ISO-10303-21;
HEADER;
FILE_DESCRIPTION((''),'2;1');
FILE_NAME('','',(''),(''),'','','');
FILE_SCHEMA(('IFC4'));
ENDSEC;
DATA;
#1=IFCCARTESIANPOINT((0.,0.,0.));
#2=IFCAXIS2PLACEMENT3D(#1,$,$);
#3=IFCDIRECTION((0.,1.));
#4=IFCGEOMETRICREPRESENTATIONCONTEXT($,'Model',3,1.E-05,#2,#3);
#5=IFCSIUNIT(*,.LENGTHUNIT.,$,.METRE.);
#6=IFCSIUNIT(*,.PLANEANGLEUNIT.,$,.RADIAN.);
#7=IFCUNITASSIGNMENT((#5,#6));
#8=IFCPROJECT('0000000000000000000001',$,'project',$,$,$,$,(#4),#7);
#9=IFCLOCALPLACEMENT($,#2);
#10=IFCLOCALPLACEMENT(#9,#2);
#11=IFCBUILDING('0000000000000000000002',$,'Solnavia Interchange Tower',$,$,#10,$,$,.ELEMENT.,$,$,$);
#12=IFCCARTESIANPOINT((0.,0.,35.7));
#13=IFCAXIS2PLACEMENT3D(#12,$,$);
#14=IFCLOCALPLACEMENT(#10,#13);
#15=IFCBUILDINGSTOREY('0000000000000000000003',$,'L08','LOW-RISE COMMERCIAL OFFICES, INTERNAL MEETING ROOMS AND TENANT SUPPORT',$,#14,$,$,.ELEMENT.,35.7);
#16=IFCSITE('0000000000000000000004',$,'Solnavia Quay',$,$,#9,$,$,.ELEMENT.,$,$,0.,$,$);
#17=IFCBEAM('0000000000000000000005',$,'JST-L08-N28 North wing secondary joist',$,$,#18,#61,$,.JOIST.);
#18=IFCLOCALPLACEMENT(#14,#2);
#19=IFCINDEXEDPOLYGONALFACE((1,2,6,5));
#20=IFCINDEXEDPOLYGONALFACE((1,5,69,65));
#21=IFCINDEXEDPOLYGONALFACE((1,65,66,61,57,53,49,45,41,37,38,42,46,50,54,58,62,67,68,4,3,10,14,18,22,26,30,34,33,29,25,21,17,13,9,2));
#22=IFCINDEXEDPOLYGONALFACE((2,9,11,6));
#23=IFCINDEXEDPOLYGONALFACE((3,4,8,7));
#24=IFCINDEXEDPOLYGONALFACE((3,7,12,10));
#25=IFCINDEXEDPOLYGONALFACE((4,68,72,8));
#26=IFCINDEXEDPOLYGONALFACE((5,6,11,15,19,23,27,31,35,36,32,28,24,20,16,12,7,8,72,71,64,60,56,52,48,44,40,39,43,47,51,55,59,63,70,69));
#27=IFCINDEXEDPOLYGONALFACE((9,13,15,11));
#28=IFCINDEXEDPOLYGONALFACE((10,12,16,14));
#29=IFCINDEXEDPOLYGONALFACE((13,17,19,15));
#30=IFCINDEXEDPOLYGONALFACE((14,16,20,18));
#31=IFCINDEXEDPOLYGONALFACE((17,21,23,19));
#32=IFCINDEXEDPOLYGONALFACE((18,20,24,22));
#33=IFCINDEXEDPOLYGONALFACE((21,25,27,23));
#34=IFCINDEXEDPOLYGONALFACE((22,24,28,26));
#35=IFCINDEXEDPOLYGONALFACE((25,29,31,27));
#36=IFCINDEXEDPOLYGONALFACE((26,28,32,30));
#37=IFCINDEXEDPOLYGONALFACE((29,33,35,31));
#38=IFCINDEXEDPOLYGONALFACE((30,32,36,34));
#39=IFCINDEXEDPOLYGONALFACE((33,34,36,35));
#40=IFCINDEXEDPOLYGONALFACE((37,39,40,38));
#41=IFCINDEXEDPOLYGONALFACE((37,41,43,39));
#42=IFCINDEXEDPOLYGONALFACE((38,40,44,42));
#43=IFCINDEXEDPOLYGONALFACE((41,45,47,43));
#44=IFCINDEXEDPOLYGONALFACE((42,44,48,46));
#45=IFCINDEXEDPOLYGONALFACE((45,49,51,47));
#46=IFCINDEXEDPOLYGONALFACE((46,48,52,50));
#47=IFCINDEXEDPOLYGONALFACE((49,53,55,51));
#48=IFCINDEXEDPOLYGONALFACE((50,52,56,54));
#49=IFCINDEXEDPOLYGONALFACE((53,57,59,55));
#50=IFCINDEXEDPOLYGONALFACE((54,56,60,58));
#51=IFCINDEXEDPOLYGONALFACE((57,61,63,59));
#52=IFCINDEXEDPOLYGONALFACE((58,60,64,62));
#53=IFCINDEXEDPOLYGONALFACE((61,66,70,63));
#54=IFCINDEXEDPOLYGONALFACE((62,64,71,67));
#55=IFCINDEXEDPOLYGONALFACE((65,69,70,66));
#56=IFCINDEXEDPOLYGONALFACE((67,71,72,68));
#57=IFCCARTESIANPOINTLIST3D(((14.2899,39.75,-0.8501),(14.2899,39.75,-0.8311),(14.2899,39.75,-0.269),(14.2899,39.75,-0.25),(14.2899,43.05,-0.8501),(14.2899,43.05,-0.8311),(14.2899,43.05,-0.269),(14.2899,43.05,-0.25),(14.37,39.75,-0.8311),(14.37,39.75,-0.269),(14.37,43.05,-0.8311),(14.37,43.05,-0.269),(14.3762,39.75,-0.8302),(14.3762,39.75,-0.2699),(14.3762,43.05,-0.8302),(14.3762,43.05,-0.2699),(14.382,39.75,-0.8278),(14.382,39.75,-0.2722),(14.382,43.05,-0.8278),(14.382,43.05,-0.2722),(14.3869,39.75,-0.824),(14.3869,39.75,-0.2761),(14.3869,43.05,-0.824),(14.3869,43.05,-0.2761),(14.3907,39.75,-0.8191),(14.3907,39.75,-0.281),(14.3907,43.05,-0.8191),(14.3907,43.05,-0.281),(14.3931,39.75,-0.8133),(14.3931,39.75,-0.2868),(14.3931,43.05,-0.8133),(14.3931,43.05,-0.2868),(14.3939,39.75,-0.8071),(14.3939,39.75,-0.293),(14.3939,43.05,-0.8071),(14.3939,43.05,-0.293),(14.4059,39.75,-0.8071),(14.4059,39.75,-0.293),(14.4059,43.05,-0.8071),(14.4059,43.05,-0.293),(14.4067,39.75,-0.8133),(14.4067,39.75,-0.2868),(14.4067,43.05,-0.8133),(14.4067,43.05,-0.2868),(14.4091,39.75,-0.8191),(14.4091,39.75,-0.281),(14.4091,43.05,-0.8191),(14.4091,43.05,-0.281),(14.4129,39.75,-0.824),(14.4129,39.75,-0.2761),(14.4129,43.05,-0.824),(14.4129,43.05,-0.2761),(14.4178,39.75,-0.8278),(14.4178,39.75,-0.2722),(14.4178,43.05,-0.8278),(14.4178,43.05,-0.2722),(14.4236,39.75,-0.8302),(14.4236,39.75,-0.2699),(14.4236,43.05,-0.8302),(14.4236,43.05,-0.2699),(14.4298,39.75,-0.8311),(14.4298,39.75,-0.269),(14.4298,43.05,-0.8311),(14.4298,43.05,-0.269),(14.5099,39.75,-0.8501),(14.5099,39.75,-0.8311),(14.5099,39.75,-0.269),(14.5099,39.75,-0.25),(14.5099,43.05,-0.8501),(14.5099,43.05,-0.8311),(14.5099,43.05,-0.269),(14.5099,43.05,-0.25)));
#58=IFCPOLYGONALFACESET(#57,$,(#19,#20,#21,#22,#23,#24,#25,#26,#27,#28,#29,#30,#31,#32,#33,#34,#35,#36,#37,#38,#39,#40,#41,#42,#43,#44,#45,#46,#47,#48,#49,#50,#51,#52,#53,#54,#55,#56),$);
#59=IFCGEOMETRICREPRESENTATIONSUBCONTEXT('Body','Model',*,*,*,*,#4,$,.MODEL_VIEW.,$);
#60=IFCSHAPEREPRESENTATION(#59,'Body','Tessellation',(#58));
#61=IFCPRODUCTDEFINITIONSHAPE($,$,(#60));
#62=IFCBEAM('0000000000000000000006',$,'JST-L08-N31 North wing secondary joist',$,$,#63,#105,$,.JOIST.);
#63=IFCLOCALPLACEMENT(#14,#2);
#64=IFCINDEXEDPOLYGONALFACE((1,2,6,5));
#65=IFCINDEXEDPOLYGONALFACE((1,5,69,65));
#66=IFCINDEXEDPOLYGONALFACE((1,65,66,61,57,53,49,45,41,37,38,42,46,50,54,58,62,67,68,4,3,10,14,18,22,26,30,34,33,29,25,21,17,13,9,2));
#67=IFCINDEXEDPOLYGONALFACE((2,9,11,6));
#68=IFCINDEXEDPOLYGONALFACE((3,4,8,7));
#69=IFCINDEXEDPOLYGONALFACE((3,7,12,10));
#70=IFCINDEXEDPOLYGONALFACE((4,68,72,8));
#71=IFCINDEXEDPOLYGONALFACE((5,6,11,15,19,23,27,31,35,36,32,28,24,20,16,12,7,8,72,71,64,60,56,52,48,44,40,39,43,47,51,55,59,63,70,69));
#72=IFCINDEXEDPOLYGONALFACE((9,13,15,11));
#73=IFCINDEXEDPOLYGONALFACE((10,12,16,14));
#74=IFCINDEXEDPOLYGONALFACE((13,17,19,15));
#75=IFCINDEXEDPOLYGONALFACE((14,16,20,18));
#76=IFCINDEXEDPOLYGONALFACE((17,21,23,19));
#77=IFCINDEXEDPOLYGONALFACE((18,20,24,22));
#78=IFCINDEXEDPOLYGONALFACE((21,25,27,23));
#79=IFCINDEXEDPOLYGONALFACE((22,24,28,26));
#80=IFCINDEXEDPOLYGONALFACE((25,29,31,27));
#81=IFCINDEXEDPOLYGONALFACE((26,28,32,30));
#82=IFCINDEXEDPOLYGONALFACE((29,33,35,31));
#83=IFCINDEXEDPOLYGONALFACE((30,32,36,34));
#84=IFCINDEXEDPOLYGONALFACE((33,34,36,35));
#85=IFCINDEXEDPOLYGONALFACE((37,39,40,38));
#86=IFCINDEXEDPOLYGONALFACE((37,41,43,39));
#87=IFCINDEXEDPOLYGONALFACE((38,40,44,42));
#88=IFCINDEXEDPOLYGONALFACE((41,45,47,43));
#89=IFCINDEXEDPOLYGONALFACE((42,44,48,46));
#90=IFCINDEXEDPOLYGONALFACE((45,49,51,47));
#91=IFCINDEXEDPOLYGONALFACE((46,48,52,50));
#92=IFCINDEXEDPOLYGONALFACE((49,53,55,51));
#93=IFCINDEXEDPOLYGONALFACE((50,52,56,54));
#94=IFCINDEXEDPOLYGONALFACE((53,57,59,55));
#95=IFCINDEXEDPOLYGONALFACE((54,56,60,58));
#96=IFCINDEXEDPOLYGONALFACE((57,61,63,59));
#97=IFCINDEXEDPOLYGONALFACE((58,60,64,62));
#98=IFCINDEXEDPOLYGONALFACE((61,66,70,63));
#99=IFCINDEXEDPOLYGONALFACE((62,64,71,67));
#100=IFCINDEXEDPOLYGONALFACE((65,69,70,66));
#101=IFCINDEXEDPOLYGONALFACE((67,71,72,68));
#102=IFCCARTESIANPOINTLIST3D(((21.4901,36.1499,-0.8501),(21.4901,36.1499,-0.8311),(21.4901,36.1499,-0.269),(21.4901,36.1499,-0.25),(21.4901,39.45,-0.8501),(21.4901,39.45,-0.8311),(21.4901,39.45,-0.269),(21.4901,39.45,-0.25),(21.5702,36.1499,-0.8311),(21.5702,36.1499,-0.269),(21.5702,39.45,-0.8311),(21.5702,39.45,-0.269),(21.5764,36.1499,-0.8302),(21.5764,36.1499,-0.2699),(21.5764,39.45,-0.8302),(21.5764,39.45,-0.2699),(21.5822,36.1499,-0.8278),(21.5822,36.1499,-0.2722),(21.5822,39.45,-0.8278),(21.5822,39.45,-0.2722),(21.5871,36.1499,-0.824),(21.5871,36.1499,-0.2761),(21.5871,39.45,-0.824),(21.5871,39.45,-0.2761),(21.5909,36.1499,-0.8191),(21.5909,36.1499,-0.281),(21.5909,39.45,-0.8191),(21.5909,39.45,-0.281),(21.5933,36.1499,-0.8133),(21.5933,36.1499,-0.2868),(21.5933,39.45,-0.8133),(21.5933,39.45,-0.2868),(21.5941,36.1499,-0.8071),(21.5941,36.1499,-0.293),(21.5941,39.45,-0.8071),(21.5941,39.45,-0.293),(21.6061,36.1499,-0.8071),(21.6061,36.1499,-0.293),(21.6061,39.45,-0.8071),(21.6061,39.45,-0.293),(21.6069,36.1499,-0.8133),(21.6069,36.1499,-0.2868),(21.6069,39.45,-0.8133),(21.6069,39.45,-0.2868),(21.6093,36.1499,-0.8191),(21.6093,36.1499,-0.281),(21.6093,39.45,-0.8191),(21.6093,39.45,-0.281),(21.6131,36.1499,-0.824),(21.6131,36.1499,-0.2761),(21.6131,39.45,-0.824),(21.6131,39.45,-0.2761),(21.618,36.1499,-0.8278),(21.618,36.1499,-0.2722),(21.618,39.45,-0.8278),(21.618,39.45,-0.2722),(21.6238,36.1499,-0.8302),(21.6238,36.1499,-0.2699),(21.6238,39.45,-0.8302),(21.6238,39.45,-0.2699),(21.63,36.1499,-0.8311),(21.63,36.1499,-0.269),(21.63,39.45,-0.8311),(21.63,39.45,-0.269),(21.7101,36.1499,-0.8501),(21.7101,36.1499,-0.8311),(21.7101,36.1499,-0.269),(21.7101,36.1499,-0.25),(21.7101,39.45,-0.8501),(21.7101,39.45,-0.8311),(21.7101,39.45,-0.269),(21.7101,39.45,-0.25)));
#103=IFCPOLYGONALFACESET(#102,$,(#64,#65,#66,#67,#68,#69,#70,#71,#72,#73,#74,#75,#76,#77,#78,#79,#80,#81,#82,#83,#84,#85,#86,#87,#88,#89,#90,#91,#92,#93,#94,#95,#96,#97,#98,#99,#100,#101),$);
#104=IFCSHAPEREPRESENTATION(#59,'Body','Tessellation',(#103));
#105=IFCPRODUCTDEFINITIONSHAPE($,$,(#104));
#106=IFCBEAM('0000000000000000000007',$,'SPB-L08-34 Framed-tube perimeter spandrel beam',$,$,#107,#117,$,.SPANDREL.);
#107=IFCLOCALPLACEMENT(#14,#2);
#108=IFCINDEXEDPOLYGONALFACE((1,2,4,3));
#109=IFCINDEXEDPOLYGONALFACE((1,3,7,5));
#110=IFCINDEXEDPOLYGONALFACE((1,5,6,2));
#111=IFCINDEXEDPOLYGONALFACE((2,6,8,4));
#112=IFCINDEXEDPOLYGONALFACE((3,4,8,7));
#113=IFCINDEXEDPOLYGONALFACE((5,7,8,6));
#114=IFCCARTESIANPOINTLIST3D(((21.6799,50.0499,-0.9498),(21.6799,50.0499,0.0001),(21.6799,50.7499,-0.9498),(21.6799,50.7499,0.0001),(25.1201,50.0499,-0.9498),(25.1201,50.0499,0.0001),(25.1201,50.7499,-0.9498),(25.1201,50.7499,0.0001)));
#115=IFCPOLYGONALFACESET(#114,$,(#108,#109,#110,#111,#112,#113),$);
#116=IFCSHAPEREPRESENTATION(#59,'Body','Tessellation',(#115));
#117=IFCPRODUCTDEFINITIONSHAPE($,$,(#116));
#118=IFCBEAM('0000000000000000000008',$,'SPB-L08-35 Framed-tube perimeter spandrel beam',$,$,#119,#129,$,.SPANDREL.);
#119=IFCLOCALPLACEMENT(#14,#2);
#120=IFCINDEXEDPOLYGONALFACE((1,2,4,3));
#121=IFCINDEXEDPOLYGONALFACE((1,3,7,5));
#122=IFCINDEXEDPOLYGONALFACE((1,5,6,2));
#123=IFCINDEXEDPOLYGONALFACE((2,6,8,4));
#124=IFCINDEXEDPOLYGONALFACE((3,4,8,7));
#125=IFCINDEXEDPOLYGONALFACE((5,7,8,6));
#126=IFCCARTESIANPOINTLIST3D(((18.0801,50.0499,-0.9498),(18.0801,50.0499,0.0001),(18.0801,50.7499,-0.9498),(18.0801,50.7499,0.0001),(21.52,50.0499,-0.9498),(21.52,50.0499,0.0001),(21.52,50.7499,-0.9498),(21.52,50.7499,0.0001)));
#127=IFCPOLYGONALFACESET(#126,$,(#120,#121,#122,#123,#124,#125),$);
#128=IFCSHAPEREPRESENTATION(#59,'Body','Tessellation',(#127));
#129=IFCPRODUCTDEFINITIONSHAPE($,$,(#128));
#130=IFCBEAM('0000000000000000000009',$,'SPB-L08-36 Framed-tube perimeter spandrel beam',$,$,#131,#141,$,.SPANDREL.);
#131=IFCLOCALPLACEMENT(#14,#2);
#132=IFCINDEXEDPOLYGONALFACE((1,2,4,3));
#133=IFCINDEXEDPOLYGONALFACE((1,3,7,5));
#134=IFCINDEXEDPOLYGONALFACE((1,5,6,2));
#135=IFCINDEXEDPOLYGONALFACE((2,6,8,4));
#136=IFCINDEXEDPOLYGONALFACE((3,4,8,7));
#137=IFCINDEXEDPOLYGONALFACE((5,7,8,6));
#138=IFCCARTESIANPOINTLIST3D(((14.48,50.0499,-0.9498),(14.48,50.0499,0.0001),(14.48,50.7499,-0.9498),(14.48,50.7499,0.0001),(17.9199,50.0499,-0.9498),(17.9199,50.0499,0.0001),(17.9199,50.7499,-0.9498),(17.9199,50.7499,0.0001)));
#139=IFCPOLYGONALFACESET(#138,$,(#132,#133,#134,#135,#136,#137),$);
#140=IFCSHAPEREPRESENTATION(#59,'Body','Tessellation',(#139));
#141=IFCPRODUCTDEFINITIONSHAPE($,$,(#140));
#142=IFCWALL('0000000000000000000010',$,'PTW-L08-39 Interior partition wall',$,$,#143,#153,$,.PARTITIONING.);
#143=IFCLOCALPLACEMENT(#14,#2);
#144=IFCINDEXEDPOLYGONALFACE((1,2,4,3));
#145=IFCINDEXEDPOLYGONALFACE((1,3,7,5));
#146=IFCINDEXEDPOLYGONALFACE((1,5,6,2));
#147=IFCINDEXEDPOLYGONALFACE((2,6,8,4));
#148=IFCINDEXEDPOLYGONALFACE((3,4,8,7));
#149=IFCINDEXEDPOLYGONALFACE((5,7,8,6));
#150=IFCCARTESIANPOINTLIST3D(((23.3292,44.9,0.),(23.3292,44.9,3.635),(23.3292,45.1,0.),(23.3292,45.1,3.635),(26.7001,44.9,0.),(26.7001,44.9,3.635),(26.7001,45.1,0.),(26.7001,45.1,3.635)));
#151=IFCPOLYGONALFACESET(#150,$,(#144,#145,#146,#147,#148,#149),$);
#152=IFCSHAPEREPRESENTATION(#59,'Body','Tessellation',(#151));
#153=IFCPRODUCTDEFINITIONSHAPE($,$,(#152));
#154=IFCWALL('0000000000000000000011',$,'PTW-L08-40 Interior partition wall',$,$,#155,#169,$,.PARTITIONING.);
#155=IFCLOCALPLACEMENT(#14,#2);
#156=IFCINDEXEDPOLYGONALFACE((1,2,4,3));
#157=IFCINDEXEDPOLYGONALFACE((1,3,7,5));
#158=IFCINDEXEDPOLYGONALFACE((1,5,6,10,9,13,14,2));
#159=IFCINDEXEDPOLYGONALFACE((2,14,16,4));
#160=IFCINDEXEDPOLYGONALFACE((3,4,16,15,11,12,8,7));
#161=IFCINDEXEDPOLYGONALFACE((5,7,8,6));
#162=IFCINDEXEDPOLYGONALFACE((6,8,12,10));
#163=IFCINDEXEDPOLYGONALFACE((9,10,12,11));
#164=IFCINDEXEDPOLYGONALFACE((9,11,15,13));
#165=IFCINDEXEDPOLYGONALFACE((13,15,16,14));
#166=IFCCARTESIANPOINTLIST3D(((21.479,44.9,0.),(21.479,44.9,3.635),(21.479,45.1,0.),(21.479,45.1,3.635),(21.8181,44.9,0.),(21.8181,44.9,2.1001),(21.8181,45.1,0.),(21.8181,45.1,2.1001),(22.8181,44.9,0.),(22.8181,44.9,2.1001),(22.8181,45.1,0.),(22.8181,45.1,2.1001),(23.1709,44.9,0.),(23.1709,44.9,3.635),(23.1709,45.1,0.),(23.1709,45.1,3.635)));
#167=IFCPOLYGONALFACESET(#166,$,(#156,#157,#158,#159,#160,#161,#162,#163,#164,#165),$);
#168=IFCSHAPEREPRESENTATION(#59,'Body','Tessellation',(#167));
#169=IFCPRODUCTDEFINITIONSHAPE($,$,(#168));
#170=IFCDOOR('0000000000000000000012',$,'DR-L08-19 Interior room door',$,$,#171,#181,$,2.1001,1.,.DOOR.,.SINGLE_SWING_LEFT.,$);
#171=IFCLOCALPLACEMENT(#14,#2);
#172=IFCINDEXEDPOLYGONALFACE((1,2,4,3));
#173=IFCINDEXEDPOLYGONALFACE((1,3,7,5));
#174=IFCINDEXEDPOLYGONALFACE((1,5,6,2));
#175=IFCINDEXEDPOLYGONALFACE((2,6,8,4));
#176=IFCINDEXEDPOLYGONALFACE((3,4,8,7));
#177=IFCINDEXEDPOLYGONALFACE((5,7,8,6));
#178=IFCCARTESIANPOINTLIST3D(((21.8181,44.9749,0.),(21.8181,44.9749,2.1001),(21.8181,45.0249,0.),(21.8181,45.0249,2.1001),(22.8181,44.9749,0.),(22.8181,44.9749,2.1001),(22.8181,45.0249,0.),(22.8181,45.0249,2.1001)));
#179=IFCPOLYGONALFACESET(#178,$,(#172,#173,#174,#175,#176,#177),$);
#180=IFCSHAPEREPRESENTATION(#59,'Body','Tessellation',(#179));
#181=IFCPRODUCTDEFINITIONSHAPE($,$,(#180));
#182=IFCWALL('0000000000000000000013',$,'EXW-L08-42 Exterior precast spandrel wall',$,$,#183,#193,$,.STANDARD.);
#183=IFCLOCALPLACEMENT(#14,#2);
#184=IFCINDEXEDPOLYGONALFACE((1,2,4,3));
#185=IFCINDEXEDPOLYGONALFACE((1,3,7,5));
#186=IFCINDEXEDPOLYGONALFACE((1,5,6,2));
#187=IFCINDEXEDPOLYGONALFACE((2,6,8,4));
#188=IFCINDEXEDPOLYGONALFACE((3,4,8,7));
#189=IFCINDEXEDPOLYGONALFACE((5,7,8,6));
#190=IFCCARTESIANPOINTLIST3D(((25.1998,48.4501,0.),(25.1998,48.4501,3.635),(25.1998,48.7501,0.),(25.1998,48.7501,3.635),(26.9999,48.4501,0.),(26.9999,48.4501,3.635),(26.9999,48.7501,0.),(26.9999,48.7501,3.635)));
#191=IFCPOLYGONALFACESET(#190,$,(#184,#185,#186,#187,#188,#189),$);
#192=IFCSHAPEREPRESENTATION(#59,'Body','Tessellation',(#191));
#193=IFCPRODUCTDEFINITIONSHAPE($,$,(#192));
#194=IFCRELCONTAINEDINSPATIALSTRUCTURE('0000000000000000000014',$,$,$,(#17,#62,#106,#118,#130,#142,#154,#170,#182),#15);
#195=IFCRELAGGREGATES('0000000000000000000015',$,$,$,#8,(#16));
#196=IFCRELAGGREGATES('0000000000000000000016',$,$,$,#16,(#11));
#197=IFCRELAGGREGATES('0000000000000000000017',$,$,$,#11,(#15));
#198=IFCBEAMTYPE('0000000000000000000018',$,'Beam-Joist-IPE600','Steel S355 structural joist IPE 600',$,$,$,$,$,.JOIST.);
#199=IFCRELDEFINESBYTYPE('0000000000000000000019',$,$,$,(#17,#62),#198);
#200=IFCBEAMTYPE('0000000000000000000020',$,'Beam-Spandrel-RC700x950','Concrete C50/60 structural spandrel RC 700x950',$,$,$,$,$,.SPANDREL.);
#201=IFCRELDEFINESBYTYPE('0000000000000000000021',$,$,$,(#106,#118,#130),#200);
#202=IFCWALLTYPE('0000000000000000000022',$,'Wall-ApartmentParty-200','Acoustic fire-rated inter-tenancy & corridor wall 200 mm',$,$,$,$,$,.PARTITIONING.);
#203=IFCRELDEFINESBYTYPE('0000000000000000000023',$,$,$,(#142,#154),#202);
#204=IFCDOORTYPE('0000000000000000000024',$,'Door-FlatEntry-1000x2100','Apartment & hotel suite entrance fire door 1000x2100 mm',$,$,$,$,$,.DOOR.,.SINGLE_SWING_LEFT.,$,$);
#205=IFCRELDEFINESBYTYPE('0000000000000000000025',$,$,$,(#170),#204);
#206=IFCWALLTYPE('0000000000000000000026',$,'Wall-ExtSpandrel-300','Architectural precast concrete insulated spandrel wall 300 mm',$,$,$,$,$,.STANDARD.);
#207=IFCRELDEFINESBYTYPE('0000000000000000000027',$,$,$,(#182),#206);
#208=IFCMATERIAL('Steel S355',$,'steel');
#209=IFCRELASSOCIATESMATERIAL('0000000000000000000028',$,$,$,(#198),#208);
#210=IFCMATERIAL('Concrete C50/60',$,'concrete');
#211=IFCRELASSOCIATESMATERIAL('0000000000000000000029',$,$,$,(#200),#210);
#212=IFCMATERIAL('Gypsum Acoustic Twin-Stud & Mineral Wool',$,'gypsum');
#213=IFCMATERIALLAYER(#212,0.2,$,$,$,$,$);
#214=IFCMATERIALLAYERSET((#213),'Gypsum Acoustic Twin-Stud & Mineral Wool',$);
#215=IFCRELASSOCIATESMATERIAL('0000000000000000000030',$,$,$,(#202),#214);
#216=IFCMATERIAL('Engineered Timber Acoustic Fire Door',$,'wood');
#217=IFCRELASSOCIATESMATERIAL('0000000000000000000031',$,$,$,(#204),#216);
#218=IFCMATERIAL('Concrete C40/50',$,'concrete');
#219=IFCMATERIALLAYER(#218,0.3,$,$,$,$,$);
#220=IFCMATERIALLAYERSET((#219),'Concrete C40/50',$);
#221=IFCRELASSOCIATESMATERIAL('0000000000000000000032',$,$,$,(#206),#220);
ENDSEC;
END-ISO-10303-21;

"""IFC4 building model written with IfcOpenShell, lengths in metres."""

from ifc_helpers import new_model, si_unit, direction, frame, frame_2d, origin, origin_2d, place, context, subcontext, project, spatial, rectangle, i_section, extrude, material, layer, layer_set, material_profile, profile_set, type_object, element, fill, save


model = new_model("IFC4")

# Units and contexts
model_context = context("Model", 3, precision=1e-05, world=origin(), true_north=direction((0.0, 1.0)))
body_context = subcontext(model_context, "Body", "Model", "MODEL_VIEW")
ifc_project = project(units=[si_unit("LENGTHUNIT", "METRE"), si_unit("PLANEANGLEUNIT", "RADIAN")], contexts=[model_context])

# Site, building, storey
site_placement = place(None, origin())
site = spatial("IfcSite", under=ifc_project, at=site_placement, Name="Solnavia Quay", CompositionType="ELEMENT", RefElevation=0.0)
building_placement = place(site_placement, origin())
building = spatial("IfcBuilding", under=site, at=building_placement, Name="Solnavia Interchange Tower", CompositionType="ELEMENT")
storey_placement = place(building_placement, frame((0.0, 0.0, 35.7)))
storey = spatial("IfcBuildingStorey", under=building, at=storey_placement, Name="L08", Description="LOW-RISE COMMERCIAL OFFICES, INTERNAL MEETING ROOMS AND TENANT SUPPORT", CompositionType="ELEMENT", Elevation=35.7)

# Shared definitions
ifc_material_1 = material(Name="Steel S355", Category="steel")

# Beams
ifc_material_profile_1 = material_profile(ifc_material_1, i_section(OverallWidth=0.22, OverallDepth=0.6001, WebThickness=0.012, FlangeThickness=0.019, FilletRadius=0.0239, at=origin_2d()), Name="IPE 600")
ifc_profile_set_1 = profile_set([ifc_material_profile_1], Name="Steel S355")
beam_type_1 = type_object("IfcBeamType", Name="Beam-Joist-IPE600", Description="Steel S355 structural joist IPE 600", PredefinedType="JOIST", material=ifc_profile_set_1)
for number, where, z_axis, x_axis, name in (
    (1, (14.3999, 39.75, -0.55), (0.0, 1.0, 0.0), (-1.0, 0.0, 0.0), "JST-L08-N28 North wing secondary joist"),
    (2, (21.6001, 36.1499, -0.55), (0.0, 1.0, 0.0), (-1.0, 0.0, 0.0), "JST-L08-N31 North wing secondary joist"),
):
    element("IfcBeam", number, at=place(storey_placement, frame(where, z_axis=z_axis, x_axis=x_axis)), inside=storey, type_object=beam_type_1, Name=name, PredefinedType="JOIST", context=body_context, shape_type="SweptSolid", body=[
        extrude(i_section(OverallWidth=0.22, OverallDepth=0.6001, WebThickness=0.012, FlangeThickness=0.019, FilletRadius=0.0239, at=origin_2d()), origin(), (0.0, 0.0, 1.0), 3.3),
    ])
ifc_material_2 = material(Name="Concrete C50/60", Category="concrete")
ifc_material_profile_2 = material_profile(ifc_material_2, rectangle(XDim=0.7, YDim=0.95, at=origin_2d()), Name="RC 700x950")
ifc_profile_set_2 = profile_set([ifc_material_profile_2], Name="Concrete C50/60")
beam_type_2 = type_object("IfcBeamType", Name="Beam-Spandrel-RC700x950", Description="Concrete C50/60 structural spandrel RC 700x950", PredefinedType="SPANDREL", material=ifc_profile_set_2)
beam_1_placement = place(storey_placement, frame((25.1201, 50.3999, -0.4749), z_axis=(-1.0, 0.0, 0.0), x_axis=(0.0, -1.0, 0.0)))
element("IfcBeam", 3, at=beam_1_placement, inside=storey, type_object=beam_type_2, Name="SPB-L08-34 Framed-tube perimeter spandrel beam", PredefinedType="SPANDREL", context=body_context, shape_type="SweptSolid", body=[
    extrude(rectangle(XDim=0.7, YDim=0.95, at=origin_2d()), origin(), (0.0, 0.0, 1.0), 3.4402),
])
for number, where, z_axis, x_axis, name in (
    (4, (21.52, 50.3999, -0.4749), (-1.0, 0.0, 0.0), (0.0, -1.0, 0.0), "SPB-L08-35 Framed-tube perimeter spandrel beam"),
    (5, (17.9199, 50.3999, -0.4749), (-1.0, 0.0, 0.0), (0.0, -1.0, 0.0), "SPB-L08-36 Framed-tube perimeter spandrel beam"),
):
    element("IfcBeam", number, at=place(storey_placement, frame(where, z_axis=z_axis, x_axis=x_axis)), inside=storey, type_object=beam_type_2, Name=name, PredefinedType="SPANDREL", context=body_context, shape_type="SweptSolid", body=[
        extrude(rectangle(XDim=0.7, YDim=0.95, at=origin_2d()), origin(), (0.0, 0.0, 1.0), 3.4399),
    ])

# Wall
ifc_material_3 = material(Name="Gypsum Acoustic Twin-Stud & Mineral Wool", Category="gypsum")
ifc_layer_1 = layer(ifc_material_3, 0.2)
ifc_layer_set_1 = layer_set([ifc_layer_1], Name="Gypsum Acoustic Twin-Stud & Mineral Wool")
wall_type_1 = type_object("IfcWallType", Name="Wall-ApartmentParty-200", Description="Acoustic fire-rated inter-tenancy & corridor wall 200 mm", PredefinedType="PARTITIONING", material=ifc_layer_set_1)
wall_1_placement = place(storey_placement, frame((23.3291, 45.0, 0.0), z_axis=(0.0, 0.0, 1.0), x_axis=(1.0, 0.0, 0.0)))
element("IfcWall", 6, at=wall_1_placement, inside=storey, type_object=wall_type_1, Name="PTW-L08-39 Interior partition wall", PredefinedType="PARTITIONING", context=body_context, shape_type="SweptSolid", body=[
    extrude(rectangle(XDim=3.3708, YDim=0.2, at=frame_2d((1.6855, 0.0))), origin(), (0.0, 0.0, 1.0), 3.635),
])

# Wall, opening, door
wall_2_placement = place(storey_placement, frame((21.479, 45.0, 0.0), z_axis=(0.0, 0.0, 1.0), x_axis=(1.0, 0.0, 0.0)))
wall_2 = element("IfcWall", 7, at=wall_2_placement, inside=storey, type_object=wall_type_1, Name="PTW-L08-40 Interior partition wall", PredefinedType="PARTITIONING", context=body_context, shape_type="SweptSolid", body=[
    extrude(rectangle(XDim=1.6919, YDim=0.2, at=frame_2d((0.8459, 0.0))), origin(), (0.0, 0.0, 1.0), 3.635),
])
opening_placement = place(wall_2_placement, frame((0.3391, 0.0, 0.0)))
opening = element("IfcOpeningElement", 8, at=opening_placement, cuts=wall_2, PredefinedType="OPENING", context=body_context, shape_type="SweptSolid", body=[
    extrude(rectangle(XDim=1.0, YDim=2.1001, at=frame_2d((0.5, 1.05))), frame((0.0, 0.1099, 0.0), z_axis=(0.0, -1.0, 0.0), x_axis=(1.0, 0.0, 0.0)), (0.0, 0.0, 1.0), 0.22),
])
ifc_material_4 = material(Name="Engineered Timber Acoustic Fire Door", Category="wood")
door_type = type_object("IfcDoorType", Name="Door-FlatEntry-1000x2100", Description="Apartment & hotel suite entrance fire door 1000x2100 mm", OperationType="SINGLE_SWING_LEFT", PredefinedType="DOOR", material=ifc_material_4)
door_placement = place(opening_placement, origin())
door = element("IfcDoor", 9, at=door_placement, inside=storey, type_object=door_type, Name="DR-L08-19 Interior room door", OperationType="SINGLE_SWING_LEFT", OverallHeight=2.1001, OverallWidth=1.0, PredefinedType="DOOR", context=body_context, shape_type="SweptSolid", body=[
    extrude(rectangle(XDim=1.0, YDim=2.1001, at=frame_2d((0.5, 1.05))), frame((0.0, 0.0249, 0.0), z_axis=(0.0, -1.0, 0.0), x_axis=(1.0, 0.0, 0.0)), (0.0, 0.0, 1.0), 0.05),
])
fill(opening, door)

# Wall
ifc_material_5 = material(Name="Concrete C40/50", Category="concrete")
ifc_layer_2 = layer(ifc_material_5, 0.3)
ifc_layer_set_2 = layer_set([ifc_layer_2], Name="Concrete C40/50")
wall_type_2 = type_object("IfcWallType", Name="Wall-ExtSpandrel-300", Description="Architectural precast concrete insulated spandrel wall 300 mm", PredefinedType="STANDARD", material=ifc_layer_set_2)
wall_3_placement = place(storey_placement, frame((25.2, 48.6001, 0.0), z_axis=(0.0, 0.0, 1.0), x_axis=(1.0, 0.0, 0.0)))
element("IfcWall", 10, at=wall_3_placement, inside=storey, type_object=wall_type_2, Name="EXW-L08-42 Exterior precast spandrel wall", PredefinedType="STANDARD", context=body_context, shape_type="SweptSolid", body=[
    extrude(rectangle(XDim=1.8, YDim=0.3, at=frame_2d((0.8999, 0.0))), origin(), (0.0, 0.0, 1.0), 3.635),
])

save(model, "model.ifc")
